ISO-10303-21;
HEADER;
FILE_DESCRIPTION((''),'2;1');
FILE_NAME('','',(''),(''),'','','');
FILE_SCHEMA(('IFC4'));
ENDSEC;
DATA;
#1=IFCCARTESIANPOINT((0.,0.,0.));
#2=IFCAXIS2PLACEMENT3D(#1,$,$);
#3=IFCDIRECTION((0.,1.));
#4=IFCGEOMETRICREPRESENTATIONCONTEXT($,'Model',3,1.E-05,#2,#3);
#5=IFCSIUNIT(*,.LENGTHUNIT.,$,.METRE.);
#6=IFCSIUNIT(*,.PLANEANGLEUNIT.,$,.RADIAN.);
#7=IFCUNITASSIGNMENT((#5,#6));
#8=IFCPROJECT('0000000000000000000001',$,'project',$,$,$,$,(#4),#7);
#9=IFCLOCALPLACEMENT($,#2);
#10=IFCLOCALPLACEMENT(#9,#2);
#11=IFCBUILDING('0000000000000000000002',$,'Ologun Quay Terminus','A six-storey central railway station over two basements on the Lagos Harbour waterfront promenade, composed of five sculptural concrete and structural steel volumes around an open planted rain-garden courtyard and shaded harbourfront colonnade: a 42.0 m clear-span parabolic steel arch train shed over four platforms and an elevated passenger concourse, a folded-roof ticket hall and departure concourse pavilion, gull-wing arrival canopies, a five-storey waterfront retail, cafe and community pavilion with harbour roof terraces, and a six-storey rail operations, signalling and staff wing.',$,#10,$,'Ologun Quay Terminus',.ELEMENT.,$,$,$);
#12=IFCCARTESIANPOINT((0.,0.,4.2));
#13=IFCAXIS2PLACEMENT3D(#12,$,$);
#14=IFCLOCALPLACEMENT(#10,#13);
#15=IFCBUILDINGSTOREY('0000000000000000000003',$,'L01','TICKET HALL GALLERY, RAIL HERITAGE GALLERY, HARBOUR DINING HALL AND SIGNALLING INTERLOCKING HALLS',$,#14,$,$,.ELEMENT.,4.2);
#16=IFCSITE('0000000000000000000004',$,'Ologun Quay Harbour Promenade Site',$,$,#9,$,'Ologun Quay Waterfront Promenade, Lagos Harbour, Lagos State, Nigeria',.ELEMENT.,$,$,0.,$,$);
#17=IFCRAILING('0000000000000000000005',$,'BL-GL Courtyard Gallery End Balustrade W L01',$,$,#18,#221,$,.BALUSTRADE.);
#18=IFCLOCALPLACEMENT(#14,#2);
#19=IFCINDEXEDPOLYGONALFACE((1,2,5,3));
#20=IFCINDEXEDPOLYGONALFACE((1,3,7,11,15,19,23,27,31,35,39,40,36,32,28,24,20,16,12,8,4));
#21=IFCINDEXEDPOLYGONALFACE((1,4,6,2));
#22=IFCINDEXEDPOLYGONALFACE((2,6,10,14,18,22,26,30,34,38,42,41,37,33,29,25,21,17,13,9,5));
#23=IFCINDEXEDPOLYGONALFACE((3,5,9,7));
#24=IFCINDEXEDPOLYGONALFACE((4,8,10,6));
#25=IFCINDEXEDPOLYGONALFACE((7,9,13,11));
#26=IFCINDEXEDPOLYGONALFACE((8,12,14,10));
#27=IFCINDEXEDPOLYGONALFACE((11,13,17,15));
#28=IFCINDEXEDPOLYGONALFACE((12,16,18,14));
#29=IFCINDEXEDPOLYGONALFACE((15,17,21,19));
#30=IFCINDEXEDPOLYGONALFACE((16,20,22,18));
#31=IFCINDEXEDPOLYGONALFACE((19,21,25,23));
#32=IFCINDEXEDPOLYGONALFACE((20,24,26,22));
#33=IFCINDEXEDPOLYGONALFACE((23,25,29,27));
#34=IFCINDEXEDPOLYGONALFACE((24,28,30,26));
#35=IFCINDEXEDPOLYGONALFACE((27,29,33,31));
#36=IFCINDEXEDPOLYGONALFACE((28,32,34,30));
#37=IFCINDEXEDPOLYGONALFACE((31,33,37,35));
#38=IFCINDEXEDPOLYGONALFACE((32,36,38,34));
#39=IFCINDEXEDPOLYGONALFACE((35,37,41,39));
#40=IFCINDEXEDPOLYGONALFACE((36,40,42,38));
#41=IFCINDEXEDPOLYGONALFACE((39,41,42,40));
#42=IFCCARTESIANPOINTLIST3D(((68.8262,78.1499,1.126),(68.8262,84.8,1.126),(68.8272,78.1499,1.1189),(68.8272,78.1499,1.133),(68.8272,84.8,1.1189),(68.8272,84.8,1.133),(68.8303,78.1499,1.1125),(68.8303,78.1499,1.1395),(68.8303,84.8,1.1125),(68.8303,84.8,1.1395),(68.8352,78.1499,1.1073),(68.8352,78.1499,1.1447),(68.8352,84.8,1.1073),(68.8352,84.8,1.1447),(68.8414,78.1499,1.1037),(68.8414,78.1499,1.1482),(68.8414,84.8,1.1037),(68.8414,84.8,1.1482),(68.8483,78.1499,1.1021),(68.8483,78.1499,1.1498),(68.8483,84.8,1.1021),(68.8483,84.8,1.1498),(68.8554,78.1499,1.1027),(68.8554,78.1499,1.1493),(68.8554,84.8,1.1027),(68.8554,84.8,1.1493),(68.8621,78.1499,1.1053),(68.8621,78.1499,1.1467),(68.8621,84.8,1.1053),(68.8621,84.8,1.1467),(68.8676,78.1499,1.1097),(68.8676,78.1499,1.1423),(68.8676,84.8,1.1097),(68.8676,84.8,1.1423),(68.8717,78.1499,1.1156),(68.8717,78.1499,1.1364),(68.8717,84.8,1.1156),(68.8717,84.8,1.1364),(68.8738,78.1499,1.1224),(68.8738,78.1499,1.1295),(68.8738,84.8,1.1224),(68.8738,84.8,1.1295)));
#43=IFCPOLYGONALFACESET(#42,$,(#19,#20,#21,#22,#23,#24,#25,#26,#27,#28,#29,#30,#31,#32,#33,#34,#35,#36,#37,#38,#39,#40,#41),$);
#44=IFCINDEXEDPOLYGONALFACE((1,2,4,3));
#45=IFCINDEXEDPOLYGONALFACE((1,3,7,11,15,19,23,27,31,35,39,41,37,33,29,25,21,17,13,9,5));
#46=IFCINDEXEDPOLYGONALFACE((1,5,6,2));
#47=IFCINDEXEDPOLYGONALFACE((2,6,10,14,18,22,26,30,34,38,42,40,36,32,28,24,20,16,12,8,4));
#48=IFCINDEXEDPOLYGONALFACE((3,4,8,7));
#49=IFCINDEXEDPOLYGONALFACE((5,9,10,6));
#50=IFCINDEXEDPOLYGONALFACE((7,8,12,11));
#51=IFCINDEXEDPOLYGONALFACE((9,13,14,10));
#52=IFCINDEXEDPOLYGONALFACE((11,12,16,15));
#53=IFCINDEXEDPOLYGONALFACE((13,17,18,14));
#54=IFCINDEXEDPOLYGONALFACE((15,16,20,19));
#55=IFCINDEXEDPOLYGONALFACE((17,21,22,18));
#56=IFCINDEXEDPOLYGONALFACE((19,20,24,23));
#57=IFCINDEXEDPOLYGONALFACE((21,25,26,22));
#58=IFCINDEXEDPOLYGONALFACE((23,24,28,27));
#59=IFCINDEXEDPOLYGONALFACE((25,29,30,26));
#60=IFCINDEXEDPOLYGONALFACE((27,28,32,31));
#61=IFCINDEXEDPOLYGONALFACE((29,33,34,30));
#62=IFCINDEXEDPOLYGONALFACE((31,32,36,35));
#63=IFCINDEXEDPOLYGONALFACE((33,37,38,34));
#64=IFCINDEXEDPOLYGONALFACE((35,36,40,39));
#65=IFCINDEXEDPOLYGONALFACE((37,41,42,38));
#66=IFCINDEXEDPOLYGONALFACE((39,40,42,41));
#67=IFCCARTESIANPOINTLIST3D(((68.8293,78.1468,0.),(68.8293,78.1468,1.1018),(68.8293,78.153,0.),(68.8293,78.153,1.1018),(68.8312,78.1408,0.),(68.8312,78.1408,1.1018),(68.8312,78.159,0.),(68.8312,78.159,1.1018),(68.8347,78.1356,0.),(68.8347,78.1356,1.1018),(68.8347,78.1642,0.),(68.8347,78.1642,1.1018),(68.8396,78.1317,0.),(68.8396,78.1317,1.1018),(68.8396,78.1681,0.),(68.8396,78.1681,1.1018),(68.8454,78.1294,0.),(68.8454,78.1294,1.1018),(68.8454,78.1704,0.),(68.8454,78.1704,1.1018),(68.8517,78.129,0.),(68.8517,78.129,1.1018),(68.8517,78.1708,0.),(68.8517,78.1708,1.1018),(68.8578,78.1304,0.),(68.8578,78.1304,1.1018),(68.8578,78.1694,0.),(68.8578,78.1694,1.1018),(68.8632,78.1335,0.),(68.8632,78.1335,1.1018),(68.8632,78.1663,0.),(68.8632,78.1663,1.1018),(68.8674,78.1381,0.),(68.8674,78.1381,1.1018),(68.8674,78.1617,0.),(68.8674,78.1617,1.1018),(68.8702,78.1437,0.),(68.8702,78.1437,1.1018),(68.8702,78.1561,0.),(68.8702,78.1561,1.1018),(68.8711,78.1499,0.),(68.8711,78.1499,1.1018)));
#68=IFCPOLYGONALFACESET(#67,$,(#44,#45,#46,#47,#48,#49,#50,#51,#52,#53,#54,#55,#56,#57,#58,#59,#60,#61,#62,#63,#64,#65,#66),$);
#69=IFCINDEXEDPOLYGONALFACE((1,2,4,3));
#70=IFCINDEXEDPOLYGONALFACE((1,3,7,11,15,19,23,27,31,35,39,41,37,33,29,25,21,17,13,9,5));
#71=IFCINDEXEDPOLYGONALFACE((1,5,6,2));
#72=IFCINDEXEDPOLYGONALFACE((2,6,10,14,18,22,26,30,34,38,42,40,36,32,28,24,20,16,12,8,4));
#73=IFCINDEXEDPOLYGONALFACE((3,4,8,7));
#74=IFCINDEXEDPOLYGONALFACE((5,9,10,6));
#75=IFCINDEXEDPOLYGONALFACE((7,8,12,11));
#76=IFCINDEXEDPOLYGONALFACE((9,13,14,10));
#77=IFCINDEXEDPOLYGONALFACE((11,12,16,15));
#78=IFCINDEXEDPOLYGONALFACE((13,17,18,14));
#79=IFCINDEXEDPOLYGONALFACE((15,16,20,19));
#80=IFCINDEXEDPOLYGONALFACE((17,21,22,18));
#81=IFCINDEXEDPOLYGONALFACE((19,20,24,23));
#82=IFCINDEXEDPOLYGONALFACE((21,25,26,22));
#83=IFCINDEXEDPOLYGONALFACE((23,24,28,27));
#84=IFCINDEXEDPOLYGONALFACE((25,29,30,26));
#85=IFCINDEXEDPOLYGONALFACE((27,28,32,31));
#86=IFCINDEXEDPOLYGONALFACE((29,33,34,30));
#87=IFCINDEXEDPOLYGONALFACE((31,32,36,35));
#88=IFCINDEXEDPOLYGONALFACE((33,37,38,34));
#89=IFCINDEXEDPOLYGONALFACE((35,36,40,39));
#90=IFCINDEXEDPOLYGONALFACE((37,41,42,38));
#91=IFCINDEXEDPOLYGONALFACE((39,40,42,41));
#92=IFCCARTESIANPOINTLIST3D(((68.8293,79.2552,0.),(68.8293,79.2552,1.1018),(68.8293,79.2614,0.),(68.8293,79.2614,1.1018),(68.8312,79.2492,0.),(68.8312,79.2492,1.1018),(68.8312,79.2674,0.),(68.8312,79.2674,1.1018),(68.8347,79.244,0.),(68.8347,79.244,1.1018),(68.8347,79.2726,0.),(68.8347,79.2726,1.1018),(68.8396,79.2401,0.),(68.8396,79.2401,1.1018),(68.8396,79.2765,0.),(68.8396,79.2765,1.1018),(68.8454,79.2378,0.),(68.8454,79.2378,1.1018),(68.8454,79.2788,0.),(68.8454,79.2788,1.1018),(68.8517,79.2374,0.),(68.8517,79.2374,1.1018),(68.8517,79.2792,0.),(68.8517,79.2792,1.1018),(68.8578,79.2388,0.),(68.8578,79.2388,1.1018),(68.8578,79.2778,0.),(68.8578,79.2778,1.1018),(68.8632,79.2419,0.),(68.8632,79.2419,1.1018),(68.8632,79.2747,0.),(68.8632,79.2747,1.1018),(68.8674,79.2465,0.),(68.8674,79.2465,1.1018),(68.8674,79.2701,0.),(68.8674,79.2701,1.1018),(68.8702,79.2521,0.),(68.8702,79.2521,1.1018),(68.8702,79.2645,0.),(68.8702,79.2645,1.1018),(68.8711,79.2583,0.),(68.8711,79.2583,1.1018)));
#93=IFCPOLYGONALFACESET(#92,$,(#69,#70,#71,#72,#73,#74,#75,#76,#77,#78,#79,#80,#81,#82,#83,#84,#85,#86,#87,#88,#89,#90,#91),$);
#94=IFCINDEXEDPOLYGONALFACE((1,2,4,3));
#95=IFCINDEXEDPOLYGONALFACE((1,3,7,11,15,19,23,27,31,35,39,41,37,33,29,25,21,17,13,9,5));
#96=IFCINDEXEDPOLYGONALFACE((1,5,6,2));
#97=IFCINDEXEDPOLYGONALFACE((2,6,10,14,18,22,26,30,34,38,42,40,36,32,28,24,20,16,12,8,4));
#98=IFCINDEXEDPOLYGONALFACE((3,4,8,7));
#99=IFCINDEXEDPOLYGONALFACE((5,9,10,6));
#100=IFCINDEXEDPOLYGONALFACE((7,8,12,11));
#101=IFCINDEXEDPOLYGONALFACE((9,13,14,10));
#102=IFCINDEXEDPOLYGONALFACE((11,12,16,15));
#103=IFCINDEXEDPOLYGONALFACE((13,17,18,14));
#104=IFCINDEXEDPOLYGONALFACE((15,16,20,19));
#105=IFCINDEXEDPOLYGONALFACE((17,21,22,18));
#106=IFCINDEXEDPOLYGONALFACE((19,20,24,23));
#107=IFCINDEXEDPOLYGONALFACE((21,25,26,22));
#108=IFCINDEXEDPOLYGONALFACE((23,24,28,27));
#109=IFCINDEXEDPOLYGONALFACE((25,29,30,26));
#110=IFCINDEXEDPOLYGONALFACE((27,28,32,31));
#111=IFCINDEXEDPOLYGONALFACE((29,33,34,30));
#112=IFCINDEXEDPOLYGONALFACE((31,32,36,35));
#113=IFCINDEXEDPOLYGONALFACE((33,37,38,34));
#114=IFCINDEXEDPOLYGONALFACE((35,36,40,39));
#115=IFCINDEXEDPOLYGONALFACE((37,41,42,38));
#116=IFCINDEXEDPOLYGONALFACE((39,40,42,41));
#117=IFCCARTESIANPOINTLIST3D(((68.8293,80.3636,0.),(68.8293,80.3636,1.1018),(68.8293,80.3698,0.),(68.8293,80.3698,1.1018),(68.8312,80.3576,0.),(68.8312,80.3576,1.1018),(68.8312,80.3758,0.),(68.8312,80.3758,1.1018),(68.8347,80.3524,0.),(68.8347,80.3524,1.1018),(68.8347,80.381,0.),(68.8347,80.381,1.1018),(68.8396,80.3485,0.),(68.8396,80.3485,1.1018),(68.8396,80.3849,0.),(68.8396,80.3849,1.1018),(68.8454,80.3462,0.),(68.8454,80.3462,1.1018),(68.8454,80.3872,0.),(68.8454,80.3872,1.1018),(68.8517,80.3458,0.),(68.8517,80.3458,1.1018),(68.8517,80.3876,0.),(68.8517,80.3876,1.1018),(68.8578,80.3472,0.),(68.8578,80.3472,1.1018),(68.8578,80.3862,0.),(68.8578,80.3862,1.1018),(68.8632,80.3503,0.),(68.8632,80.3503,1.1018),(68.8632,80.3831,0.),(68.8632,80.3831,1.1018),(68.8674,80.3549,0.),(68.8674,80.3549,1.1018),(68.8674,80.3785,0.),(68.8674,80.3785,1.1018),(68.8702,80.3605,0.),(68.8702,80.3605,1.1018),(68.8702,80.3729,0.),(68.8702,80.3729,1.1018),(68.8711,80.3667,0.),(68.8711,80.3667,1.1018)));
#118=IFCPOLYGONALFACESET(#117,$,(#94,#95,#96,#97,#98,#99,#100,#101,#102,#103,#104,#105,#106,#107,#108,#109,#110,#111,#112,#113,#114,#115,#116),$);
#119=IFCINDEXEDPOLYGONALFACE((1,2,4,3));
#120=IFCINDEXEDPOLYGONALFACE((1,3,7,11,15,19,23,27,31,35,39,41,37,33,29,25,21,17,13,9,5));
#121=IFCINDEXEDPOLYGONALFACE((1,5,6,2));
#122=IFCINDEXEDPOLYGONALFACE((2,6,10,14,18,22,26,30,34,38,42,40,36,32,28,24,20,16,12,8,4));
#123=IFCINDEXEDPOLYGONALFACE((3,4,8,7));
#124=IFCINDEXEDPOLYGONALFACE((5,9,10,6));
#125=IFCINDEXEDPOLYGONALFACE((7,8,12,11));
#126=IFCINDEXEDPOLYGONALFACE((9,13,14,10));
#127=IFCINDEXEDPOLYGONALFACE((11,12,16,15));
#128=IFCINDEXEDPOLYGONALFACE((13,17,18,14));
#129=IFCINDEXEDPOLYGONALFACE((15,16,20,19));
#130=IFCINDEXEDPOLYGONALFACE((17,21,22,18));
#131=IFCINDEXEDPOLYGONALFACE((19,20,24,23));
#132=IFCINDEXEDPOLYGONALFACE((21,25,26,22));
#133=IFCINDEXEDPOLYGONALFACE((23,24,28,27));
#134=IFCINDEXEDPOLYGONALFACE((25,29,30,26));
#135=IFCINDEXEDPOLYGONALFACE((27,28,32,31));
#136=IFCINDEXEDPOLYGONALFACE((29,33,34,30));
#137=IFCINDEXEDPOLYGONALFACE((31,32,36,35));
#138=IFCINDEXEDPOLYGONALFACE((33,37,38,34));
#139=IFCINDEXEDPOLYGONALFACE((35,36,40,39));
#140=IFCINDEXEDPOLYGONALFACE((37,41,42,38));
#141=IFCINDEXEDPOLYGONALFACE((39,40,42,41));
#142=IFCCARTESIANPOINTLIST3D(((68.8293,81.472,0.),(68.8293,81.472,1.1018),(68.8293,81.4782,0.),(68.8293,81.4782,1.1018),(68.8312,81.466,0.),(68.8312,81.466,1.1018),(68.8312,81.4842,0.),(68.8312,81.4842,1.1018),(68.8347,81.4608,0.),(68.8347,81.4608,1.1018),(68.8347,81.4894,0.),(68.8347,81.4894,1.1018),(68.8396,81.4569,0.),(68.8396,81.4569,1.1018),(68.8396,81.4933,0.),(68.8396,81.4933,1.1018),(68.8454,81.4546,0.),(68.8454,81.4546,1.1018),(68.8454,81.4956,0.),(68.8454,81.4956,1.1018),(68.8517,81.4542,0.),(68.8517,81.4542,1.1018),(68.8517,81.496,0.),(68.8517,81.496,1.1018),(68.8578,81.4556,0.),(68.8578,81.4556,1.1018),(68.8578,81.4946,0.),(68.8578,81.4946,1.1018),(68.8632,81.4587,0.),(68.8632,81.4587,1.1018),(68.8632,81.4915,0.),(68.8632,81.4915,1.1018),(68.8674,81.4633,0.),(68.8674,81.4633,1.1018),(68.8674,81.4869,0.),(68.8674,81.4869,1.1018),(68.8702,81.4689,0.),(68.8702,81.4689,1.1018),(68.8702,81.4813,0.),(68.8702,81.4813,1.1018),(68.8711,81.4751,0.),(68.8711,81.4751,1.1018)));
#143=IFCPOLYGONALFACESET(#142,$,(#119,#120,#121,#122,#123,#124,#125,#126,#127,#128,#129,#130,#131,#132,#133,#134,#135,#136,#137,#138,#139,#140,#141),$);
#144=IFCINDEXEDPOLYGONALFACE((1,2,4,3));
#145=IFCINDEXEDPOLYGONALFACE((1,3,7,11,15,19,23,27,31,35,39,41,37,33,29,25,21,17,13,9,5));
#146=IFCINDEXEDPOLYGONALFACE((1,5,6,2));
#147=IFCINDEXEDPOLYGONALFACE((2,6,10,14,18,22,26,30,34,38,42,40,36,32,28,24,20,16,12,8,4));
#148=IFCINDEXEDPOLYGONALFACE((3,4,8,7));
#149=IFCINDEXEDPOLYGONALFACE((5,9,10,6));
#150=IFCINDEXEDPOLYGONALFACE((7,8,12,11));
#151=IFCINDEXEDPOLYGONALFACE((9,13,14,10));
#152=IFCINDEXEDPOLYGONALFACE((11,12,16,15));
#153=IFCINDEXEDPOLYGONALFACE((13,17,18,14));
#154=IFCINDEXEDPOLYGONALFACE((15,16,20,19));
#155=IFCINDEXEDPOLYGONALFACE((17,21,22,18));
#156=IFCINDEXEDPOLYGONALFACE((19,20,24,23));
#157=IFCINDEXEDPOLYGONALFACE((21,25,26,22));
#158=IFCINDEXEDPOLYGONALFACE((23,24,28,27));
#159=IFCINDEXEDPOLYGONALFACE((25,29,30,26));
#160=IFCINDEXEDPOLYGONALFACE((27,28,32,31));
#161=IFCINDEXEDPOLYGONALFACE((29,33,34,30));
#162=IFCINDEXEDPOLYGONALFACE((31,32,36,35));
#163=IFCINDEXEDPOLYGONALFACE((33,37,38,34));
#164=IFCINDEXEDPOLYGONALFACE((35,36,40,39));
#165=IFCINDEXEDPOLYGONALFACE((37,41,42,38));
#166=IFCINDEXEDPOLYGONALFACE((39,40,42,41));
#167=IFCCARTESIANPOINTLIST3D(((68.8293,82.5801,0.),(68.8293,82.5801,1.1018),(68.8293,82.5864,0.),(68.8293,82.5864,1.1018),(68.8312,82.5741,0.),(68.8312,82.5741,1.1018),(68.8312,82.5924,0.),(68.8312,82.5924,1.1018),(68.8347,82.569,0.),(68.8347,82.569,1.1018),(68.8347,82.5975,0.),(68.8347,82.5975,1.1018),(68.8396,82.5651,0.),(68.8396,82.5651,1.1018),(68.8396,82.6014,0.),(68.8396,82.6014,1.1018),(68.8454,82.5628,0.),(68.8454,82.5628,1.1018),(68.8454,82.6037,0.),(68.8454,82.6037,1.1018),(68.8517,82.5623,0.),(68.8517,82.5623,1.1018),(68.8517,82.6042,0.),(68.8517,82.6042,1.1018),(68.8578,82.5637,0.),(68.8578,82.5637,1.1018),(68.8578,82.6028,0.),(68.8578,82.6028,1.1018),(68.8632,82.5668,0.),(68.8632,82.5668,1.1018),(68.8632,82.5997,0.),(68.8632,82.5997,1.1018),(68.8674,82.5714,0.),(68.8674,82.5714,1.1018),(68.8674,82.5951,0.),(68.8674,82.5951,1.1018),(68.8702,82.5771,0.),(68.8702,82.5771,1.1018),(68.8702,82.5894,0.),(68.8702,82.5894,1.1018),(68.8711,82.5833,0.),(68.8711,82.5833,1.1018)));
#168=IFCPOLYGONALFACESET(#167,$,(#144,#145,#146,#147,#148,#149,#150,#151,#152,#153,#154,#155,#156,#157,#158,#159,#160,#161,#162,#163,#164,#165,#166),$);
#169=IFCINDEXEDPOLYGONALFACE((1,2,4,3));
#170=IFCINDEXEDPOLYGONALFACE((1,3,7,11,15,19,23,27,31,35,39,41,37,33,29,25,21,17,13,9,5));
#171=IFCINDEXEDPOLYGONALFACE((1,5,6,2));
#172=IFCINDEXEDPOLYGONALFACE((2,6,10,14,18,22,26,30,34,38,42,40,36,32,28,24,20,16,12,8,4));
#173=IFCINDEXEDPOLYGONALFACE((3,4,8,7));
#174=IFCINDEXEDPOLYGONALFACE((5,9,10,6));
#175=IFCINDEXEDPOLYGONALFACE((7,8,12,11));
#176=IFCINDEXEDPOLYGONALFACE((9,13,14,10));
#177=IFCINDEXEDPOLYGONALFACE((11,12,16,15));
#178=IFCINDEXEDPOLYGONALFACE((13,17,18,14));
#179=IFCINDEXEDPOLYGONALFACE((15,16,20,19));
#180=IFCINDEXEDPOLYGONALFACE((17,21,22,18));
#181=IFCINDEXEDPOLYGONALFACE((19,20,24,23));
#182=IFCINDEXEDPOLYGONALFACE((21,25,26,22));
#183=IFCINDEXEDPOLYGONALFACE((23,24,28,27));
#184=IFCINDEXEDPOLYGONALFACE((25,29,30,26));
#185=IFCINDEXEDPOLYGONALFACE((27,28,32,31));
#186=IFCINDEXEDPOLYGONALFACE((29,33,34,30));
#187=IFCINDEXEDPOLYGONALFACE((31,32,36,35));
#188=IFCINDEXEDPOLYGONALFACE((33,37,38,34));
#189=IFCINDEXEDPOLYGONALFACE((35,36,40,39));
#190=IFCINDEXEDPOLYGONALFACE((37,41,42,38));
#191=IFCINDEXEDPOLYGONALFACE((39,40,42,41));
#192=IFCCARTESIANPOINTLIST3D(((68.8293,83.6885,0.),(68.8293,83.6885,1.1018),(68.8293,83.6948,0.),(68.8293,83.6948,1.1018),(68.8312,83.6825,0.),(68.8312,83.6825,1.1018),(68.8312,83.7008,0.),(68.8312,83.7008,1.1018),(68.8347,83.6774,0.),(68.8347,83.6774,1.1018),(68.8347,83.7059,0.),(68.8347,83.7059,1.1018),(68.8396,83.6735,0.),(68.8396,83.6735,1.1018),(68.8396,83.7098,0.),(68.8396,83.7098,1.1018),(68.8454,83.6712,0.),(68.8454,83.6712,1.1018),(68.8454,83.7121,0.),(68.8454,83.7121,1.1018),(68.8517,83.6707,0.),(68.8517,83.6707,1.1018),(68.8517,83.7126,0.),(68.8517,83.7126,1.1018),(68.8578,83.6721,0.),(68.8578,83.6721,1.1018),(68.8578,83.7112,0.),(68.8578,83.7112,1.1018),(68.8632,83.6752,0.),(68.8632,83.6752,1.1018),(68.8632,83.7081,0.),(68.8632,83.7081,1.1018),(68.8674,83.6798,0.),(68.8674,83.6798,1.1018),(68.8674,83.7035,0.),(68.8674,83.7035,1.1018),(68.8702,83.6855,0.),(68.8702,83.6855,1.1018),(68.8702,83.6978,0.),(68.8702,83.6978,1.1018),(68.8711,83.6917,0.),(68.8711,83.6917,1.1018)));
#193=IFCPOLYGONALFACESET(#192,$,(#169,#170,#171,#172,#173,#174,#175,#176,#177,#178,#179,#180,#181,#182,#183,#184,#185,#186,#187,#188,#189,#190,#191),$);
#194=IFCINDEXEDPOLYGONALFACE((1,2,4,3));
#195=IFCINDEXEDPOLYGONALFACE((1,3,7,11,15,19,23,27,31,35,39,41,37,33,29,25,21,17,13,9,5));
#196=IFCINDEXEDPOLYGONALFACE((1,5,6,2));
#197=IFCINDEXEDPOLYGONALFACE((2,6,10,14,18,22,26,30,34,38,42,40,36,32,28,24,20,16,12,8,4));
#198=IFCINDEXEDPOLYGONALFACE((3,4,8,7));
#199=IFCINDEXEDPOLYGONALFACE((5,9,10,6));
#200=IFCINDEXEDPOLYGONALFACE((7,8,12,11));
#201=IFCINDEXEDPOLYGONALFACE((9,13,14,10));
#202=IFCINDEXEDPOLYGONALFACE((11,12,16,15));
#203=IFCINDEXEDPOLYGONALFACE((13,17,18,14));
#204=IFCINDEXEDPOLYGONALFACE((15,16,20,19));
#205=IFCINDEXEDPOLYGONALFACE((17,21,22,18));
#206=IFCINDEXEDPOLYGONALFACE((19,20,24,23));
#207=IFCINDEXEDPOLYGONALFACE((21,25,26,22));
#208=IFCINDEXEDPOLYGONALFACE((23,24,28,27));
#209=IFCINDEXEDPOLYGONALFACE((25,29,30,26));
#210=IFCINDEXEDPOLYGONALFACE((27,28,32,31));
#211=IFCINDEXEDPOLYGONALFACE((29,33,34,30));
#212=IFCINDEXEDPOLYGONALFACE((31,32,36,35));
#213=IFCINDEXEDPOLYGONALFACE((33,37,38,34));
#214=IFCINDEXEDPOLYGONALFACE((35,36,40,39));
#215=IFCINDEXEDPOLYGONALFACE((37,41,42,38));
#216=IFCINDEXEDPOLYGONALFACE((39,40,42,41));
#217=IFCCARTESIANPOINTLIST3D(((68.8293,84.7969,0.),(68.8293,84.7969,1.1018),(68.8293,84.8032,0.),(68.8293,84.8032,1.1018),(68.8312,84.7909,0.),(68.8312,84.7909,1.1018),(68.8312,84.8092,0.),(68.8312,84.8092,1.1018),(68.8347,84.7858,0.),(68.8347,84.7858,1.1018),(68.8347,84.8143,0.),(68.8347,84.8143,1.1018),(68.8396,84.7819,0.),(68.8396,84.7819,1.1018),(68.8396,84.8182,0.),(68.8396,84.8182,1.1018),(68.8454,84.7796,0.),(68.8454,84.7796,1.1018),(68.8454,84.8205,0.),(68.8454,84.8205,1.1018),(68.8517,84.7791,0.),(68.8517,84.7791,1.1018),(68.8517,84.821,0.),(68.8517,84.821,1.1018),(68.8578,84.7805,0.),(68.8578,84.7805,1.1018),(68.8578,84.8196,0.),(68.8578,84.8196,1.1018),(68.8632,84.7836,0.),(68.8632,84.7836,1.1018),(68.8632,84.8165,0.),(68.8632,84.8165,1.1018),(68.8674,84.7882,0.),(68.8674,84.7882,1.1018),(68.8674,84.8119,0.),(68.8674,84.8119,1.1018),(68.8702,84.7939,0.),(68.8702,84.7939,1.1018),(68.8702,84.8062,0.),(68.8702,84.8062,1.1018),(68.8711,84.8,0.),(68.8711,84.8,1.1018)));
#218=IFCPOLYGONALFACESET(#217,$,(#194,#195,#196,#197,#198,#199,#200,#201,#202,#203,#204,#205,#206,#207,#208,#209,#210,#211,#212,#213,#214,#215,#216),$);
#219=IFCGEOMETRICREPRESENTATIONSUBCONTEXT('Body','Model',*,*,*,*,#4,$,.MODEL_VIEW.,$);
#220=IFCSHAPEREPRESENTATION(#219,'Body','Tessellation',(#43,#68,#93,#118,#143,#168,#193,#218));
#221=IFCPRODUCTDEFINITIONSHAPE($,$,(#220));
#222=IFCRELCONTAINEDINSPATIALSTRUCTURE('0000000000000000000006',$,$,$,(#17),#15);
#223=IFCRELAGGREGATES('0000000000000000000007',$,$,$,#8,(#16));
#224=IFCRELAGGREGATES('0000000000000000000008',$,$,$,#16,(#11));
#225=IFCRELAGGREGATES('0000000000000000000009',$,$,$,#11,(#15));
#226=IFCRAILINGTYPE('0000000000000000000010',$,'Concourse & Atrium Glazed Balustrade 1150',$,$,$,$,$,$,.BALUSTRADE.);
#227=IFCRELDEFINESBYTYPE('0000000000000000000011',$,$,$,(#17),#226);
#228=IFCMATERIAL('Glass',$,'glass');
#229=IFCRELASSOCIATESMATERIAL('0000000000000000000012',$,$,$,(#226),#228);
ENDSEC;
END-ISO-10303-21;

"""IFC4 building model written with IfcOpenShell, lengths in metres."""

from ifc_helpers import new_model, si_unit, direction, frame, origin, origin_2d, place, context, subcontext, project, spatial, circle, extrude, material, type_object, element, save


model = new_model("IFC4")

# Units and contexts
model_context = context("Model", 3, precision=1e-05, world=origin(), true_north=direction((0.0, 1.0)))
body_context = subcontext(model_context, "Body", "Model", "MODEL_VIEW")
ifc_project = project(units=[si_unit("LENGTHUNIT", "METRE"), si_unit("PLANEANGLEUNIT", "RADIAN")], contexts=[model_context])

# Site, building, storey
site_placement = place(None, origin())
site = spatial("IfcSite", under=ifc_project, at=site_placement, Name="Ologun Quay Harbour Promenade Site", LongName="Ologun Quay Waterfront Promenade, Lagos Harbour, Lagos State, Nigeria", CompositionType="ELEMENT", RefElevation=0.0)
building_placement = place(site_placement, origin())
building = spatial("IfcBuilding", under=site, at=building_placement, Name="Ologun Quay Terminus", Description="A six-storey central railway station over two basements on the Lagos Harbour waterfront promenade, composed of five sculptural concrete and structural steel volumes around an open planted rain-garden courtyard and shaded harbourfront colonnade: a 42.0 m clear-span parabolic steel arch train shed over four platforms and an elevated passenger concourse, a folded-roof ticket hall and departure concourse pavilion, gull-wing arrival canopies, a five-storey waterfront retail, cafe and community pavilion with harbour roof terraces, and a six-storey rail operations, signalling and staff wing.", LongName="Ologun Quay Terminus", CompositionType="ELEMENT")
storey_placement = place(building_placement, frame((0.0, 0.0, 4.2)))
storey = spatial("IfcBuildingStorey", under=building, at=storey_placement, Name="L01", Description="TICKET HALL GALLERY, RAIL HERITAGE GALLERY, HARBOUR DINING HALL AND SIGNALLING INTERLOCKING HALLS", CompositionType="ELEMENT", Elevation=4.2)

# Railing
ifc_material_1 = material(Name="Glass", Category="glass")
railing_type = type_object("IfcRailingType", Name="Concourse & Atrium Glazed Balustrade 1150", PredefinedType="BALUSTRADE", material=ifc_material_1)
railing_placement = place(storey_placement, frame((68.8501, 78.1499, 0.0)))
element("IfcRailing", 1, at=railing_placement, inside=storey, type_object=railing_type, Name="BL-GL Courtyard Gallery End Balustrade W L01", PredefinedType="BALUSTRADE", context=body_context, shape_type="SweptSolid", body=[
    extrude(circle(Radius=0.0239, at=origin_2d()), frame((0.0, 0.0, 1.126), z_axis=(0.0, 1.0, 0.0), x_axis=(-1.0, 0.0, 0.0)), (0.0, 0.0, 1.0), 6.6501),
    extrude(circle(Radius=0.021, at=origin_2d()), origin(), (0.0, 0.0, 1.0), 1.1018),
    extrude(circle(Radius=0.021, at=origin_2d()), frame((0.0, 1.1084, 0.0)), (0.0, 0.0, 1.0), 1.1018),
    extrude(circle(Radius=0.021, at=origin_2d()), frame((0.0, 2.2168, 0.0)), (0.0, 0.0, 1.0), 1.1018),
    extrude(circle(Radius=0.021, at=origin_2d()), frame((0.0, 3.3252, 0.0)), (0.0, 0.0, 1.0), 1.1018),
    extrude(circle(Radius=0.021, at=origin_2d()), frame((0.0, 4.4333, 0.0)), (0.0, 0.0, 1.0), 1.1018),
    extrude(circle(Radius=0.021, at=origin_2d()), frame((0.0, 5.5417, 0.0)), (0.0, 0.0, 1.0), 1.1018),
    extrude(circle(Radius=0.021, at=origin_2d()), frame((0.0, 6.6501, 0.0)), (0.0, 0.0, 1.0), 1.1018),
])

save(model, "model.ifc")
